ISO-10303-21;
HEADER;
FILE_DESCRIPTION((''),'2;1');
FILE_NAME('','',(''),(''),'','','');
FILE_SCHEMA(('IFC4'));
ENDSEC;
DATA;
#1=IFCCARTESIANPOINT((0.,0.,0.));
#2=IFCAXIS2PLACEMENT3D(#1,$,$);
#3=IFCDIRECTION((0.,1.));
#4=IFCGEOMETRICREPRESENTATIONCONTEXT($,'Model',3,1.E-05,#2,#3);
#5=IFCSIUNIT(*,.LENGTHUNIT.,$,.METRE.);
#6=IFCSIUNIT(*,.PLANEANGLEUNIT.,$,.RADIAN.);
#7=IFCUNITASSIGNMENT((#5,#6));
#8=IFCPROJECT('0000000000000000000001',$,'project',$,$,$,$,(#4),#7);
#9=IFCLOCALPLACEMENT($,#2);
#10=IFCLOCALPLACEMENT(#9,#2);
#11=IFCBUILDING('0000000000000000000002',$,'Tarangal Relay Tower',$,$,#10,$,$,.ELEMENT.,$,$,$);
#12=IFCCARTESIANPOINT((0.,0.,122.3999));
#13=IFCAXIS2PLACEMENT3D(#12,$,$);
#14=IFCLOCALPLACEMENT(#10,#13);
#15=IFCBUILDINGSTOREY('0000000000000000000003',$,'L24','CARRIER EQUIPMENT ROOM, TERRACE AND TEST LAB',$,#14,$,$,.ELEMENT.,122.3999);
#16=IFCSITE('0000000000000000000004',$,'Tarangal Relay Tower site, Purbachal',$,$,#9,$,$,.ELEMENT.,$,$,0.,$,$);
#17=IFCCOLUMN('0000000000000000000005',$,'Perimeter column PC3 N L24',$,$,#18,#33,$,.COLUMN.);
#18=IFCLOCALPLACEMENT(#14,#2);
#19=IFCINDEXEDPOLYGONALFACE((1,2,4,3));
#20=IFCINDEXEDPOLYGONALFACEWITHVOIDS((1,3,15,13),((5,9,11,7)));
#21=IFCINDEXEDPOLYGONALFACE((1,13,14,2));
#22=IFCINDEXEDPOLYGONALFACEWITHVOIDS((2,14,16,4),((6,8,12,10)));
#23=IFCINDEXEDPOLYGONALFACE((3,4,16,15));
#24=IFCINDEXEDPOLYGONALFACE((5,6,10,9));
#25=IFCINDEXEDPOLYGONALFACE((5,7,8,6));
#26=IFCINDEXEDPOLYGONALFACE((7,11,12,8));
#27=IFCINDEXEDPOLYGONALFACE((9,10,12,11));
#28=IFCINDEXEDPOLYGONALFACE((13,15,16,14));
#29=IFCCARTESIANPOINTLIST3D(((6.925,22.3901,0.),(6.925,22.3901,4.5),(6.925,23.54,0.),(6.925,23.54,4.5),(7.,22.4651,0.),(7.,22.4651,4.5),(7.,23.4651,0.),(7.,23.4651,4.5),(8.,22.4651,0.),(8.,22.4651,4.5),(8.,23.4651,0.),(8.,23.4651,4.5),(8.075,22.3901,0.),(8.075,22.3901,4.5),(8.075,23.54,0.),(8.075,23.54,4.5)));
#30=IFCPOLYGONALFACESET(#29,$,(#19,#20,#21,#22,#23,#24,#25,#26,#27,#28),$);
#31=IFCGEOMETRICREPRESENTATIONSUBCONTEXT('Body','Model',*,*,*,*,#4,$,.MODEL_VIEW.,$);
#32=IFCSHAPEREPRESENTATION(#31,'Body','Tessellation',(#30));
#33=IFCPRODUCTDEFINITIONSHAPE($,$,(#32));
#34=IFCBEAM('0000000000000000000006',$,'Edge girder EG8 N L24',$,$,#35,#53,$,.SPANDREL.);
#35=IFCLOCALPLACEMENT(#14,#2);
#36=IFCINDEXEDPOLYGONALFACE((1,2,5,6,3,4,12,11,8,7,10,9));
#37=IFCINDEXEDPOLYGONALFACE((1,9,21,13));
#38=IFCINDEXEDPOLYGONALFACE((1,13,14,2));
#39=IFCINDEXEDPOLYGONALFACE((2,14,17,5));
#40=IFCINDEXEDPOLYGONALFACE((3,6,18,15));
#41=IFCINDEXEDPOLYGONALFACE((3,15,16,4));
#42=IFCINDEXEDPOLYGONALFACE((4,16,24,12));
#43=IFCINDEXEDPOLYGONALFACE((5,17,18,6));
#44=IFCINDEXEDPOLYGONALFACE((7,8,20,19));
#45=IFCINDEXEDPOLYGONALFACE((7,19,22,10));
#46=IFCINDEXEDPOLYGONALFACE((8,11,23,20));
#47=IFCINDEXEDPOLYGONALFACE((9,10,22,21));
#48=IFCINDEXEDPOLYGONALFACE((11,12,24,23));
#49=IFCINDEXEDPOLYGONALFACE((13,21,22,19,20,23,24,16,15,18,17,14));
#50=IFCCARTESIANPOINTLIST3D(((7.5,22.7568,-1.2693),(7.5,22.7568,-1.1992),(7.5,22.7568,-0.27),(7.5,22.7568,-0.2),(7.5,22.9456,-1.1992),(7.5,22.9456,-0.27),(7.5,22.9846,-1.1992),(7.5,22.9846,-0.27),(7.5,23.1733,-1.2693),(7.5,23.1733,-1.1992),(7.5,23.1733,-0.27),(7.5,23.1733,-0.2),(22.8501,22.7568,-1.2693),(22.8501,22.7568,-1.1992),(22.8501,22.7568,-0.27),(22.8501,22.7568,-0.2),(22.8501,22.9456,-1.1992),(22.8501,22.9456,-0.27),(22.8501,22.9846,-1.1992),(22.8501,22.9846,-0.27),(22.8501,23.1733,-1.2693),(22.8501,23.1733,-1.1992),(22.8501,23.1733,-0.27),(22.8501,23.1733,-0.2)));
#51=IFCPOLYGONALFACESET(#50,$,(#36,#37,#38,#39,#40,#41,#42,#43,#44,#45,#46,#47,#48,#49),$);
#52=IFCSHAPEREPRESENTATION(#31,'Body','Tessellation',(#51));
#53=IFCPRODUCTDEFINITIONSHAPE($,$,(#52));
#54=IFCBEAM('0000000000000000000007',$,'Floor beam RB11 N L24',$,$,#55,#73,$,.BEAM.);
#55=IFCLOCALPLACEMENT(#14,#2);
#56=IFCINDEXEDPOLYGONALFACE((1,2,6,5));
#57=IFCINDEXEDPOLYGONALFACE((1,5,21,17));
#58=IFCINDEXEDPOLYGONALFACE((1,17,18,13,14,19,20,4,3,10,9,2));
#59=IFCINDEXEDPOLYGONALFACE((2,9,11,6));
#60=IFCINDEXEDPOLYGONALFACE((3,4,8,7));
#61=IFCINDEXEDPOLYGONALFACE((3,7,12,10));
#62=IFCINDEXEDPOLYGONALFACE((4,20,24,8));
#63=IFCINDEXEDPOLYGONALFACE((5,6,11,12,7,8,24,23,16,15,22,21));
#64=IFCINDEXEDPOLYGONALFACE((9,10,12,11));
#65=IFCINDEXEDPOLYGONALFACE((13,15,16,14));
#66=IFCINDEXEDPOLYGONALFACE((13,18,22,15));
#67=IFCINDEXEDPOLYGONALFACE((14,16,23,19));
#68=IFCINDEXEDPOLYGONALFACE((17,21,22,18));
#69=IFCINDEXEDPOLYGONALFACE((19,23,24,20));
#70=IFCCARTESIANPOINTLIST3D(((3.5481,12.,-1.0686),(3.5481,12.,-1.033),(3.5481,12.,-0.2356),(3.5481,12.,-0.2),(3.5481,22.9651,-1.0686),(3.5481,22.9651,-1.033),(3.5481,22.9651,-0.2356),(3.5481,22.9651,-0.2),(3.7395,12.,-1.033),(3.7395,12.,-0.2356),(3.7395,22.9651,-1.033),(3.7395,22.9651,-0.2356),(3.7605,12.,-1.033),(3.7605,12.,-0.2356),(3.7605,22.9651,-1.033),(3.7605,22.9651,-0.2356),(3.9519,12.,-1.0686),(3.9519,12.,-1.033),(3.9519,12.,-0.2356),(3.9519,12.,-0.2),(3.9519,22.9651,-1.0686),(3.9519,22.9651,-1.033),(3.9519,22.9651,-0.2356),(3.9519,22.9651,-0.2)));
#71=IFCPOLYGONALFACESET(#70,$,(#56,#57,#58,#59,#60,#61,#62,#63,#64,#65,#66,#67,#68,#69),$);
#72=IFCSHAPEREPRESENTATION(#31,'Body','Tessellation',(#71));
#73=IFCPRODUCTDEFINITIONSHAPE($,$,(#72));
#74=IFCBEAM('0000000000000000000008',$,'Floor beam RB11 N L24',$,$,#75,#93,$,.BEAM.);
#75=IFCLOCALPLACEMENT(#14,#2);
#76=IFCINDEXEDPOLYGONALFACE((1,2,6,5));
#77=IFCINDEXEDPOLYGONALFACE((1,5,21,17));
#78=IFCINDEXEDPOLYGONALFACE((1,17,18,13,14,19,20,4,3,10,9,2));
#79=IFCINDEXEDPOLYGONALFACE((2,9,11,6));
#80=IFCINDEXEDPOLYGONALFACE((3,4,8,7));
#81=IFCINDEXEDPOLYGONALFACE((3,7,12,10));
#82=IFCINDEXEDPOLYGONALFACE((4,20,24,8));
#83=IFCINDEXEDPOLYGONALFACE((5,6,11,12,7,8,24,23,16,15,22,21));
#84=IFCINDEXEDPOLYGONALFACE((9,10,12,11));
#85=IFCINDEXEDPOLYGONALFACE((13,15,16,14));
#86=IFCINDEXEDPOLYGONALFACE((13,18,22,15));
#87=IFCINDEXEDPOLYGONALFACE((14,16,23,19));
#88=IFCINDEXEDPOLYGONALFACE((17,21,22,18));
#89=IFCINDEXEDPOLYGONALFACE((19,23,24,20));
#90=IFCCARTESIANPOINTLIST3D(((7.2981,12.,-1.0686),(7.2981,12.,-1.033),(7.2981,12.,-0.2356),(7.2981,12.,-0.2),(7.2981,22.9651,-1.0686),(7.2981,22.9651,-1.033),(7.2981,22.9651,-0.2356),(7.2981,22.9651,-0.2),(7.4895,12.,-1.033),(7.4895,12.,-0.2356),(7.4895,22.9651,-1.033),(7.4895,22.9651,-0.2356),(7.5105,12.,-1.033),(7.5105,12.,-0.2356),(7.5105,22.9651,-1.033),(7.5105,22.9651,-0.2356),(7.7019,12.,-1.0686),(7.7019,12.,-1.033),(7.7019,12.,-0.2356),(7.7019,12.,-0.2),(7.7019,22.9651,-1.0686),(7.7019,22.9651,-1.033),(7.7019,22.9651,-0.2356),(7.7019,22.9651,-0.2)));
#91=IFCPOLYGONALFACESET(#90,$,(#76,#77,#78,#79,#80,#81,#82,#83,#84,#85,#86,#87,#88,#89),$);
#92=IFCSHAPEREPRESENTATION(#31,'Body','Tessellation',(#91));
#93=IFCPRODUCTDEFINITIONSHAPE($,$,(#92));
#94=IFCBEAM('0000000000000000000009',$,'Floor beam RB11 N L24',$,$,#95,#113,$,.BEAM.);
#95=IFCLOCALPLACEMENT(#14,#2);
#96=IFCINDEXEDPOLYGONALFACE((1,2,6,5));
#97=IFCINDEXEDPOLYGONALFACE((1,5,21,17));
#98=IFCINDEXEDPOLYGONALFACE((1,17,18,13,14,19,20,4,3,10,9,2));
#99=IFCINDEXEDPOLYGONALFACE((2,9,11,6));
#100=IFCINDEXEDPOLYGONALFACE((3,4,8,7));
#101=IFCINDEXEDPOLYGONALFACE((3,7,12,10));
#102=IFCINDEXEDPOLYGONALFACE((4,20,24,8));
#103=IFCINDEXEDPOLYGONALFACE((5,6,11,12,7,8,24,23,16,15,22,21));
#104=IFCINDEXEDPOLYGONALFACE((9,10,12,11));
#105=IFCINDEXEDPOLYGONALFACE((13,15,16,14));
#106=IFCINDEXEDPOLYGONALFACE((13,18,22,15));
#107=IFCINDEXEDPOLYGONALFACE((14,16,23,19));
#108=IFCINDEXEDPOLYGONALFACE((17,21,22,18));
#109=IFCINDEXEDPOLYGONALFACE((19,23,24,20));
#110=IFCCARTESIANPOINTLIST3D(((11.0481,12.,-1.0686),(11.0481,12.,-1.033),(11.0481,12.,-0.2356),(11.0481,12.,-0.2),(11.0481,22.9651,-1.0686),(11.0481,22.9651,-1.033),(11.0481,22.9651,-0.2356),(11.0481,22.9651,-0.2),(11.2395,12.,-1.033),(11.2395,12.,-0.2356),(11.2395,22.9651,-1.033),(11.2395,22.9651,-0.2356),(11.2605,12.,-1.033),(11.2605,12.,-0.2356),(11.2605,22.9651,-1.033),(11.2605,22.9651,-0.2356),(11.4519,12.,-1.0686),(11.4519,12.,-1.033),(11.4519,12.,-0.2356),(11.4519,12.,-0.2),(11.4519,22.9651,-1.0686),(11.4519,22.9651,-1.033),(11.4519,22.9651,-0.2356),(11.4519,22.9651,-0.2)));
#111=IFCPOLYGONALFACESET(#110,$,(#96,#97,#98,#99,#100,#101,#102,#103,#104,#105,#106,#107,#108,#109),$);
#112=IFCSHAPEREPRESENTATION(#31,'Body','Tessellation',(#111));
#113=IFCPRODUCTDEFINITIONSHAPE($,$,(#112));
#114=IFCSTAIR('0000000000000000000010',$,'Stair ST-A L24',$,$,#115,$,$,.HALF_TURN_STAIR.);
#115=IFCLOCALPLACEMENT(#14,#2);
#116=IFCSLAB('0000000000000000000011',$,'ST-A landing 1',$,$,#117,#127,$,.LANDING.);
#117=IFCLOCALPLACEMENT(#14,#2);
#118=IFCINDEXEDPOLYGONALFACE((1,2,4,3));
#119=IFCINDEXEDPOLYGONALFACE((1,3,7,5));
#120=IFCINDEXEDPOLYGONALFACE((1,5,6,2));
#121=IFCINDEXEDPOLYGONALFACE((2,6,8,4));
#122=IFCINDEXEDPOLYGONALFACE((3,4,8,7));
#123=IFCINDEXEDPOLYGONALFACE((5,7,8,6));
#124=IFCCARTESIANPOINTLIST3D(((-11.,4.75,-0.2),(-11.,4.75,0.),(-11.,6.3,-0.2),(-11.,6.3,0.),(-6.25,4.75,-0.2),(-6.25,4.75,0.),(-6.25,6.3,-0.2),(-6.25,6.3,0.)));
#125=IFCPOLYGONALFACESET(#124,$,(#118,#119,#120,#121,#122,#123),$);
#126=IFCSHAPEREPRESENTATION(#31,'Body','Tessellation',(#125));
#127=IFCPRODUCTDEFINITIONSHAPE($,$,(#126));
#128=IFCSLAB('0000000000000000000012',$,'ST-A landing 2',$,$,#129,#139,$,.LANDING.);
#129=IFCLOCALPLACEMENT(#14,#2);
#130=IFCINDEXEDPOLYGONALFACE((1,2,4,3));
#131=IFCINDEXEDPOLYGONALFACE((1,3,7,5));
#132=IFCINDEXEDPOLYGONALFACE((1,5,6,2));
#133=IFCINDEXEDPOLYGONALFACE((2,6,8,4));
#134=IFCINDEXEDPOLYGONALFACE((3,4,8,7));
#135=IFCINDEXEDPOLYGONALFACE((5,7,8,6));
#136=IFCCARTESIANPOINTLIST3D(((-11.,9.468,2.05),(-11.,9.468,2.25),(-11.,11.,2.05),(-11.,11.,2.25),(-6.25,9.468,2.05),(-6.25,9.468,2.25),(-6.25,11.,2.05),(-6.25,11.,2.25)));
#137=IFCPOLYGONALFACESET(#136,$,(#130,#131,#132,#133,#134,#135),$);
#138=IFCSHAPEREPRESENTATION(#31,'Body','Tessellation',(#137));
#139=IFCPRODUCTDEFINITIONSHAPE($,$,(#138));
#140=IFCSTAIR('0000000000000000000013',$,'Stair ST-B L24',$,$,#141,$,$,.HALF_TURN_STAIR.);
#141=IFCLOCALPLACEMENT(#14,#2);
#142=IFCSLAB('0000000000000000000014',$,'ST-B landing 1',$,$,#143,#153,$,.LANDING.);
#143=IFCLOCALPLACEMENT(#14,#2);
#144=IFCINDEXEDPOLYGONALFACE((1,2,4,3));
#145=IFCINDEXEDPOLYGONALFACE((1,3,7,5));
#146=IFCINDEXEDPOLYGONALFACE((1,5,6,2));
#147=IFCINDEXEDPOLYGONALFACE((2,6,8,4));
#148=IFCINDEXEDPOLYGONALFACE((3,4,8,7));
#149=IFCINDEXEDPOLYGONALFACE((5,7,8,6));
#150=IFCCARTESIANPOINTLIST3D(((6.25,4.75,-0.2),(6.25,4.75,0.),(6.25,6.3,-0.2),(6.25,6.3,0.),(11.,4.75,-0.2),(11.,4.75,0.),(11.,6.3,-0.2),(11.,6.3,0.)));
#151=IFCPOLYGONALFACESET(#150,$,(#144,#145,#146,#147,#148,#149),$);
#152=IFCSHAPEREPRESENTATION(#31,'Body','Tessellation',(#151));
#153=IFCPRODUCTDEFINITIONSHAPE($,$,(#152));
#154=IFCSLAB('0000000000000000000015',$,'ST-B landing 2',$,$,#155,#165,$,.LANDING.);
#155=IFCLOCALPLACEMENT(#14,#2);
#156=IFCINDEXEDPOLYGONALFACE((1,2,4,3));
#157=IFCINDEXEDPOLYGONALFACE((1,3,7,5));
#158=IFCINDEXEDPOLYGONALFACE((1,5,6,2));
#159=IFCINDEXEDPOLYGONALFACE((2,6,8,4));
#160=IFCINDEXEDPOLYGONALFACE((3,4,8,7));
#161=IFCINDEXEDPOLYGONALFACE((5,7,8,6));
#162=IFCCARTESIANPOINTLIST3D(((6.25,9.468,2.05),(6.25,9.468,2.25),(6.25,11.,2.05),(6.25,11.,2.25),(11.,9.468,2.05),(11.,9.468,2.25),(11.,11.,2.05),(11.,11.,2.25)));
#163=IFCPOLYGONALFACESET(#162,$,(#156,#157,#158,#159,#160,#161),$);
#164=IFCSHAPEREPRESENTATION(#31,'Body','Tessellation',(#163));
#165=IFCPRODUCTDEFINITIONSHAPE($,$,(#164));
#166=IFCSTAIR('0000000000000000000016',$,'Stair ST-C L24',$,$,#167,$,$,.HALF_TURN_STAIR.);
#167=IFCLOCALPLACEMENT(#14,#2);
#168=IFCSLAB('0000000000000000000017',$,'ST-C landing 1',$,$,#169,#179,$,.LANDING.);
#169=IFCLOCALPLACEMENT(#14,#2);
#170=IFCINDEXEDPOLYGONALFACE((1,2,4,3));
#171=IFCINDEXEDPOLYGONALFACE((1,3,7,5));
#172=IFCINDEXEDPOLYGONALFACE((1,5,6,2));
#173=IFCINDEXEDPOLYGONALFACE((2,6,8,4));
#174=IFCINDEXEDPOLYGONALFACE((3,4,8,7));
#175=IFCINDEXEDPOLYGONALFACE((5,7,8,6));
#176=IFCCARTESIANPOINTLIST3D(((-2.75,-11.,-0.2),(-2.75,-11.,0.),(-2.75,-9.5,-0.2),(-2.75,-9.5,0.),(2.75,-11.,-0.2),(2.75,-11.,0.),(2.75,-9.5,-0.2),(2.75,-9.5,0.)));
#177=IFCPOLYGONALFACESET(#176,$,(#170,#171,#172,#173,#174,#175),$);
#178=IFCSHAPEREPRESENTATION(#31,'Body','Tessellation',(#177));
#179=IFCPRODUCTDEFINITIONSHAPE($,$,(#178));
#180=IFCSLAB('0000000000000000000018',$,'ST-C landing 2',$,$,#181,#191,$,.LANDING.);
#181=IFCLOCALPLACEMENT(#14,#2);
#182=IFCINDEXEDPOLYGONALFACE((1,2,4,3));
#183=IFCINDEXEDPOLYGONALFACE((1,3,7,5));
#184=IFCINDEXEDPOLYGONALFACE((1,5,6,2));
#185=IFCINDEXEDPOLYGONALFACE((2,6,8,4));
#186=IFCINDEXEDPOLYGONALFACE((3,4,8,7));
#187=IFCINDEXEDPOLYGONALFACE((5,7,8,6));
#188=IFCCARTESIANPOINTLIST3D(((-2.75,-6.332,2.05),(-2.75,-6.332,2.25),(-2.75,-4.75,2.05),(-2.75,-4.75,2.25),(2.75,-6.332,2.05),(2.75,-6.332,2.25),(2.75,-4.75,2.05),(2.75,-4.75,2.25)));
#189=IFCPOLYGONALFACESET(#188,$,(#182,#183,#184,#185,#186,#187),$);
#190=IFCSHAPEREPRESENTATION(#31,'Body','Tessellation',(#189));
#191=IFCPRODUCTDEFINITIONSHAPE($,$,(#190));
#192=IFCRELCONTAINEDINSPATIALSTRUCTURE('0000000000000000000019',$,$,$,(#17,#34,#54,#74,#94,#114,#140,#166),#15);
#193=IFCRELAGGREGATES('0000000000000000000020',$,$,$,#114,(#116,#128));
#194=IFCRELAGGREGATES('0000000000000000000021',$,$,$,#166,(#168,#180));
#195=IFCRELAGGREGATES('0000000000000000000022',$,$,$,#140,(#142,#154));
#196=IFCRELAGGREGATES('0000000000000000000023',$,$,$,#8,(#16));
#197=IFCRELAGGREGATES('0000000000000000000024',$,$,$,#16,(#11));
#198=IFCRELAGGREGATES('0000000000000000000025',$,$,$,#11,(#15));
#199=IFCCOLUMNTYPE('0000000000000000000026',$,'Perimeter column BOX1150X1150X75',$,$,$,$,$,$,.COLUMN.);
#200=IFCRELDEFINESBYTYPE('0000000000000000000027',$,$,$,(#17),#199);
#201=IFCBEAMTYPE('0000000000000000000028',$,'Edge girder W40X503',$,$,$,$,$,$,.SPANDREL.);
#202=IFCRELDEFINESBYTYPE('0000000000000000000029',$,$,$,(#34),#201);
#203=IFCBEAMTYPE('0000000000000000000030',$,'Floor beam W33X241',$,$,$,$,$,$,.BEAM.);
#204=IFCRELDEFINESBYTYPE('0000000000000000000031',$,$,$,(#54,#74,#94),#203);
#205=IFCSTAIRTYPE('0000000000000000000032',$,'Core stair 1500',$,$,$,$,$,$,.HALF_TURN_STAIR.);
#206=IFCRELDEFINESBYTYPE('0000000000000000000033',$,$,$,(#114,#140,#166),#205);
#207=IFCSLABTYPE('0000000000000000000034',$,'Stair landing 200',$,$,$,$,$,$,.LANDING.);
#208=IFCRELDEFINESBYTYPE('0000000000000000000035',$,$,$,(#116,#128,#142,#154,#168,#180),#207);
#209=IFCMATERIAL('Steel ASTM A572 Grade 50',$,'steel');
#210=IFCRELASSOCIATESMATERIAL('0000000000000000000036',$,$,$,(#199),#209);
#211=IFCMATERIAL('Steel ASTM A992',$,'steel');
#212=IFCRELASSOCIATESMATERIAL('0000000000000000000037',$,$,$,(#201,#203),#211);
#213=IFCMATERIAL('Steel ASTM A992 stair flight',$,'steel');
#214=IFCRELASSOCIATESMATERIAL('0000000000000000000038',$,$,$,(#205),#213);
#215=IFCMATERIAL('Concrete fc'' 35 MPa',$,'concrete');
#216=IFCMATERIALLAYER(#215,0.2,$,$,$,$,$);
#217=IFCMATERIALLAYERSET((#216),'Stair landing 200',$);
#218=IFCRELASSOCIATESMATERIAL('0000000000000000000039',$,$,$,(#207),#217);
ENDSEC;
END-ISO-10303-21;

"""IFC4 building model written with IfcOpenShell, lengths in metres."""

from ifc_helpers import new_model, si_unit, direction, frame, origin, origin_2d, place, context, subcontext, project, spatial, polyline, hollow_rectangle, i_section, outline, extrude, material, layer, layer_set, material_profile, profile_set, type_object, element, aggregate, save


model = new_model("IFC4")

# Units and contexts
model_context = context("Model", 3, precision=1e-05, world=origin(), true_north=direction((0.0, 1.0)))
body_context = subcontext(model_context, "Body", "Model", "MODEL_VIEW")
ifc_project = project(units=[si_unit("LENGTHUNIT", "METRE"), si_unit("PLANEANGLEUNIT", "RADIAN")], contexts=[model_context])

# Site, building, storey
site_placement = place(None, origin())
site = spatial("IfcSite", under=ifc_project, at=site_placement, Name="Tarangal Relay Tower site, Purbachal", CompositionType="ELEMENT", RefElevation=0.0)
building_placement = place(site_placement, origin())
building = spatial("IfcBuilding", under=site, at=building_placement, Name="Tarangal Relay Tower", CompositionType="ELEMENT")
storey_placement = place(building_placement, frame((0.0, 0.0, 122.3999)))
storey = spatial("IfcBuildingStorey", under=building, at=storey_placement, Name="L24", Description="CARRIER EQUIPMENT ROOM, TERRACE AND TEST LAB", CompositionType="ELEMENT", Elevation=122.3999)

# Column
ifc_material_1 = material(Name="Steel ASTM A572 Grade 50", Category="steel")
ifc_material_profile_1 = material_profile(ifc_material_1, hollow_rectangle(XDim=1.1499, YDim=1.1499, WallThickness=0.075, at=origin_2d()), Name="BOX1150X1150X75")
ifc_profile_set_1 = profile_set([ifc_material_profile_1], Name="Steel ASTM A572 Grade 50")
column_type = type_object("IfcColumnType", Name="Perimeter column BOX1150X1150X75", PredefinedType="COLUMN", material=ifc_profile_set_1)
column_placement = place(storey_placement, frame((7.5, 22.9651, 0.0), z_axis=(0.0, 0.0, 1.0), x_axis=(1.0, 0.0, 0.0)))
element("IfcColumn", 1, at=column_placement, inside=storey, type_object=column_type, Name="Perimeter column PC3 N L24", PredefinedType="COLUMN", context=body_context, shape_type="SweptSolid", body=[
    extrude(hollow_rectangle(XDim=1.1499, YDim=1.1499, WallThickness=0.075, at=origin_2d()), origin(), (0.0, 0.0, 1.0), 4.5),
])

# Beams
ifc_material_2 = material(Name="Steel ASTM A992", Category="steel")
ifc_material_profile_2 = material_profile(ifc_material_2, i_section(OverallWidth=0.4165, OverallDepth=1.0693, WebThickness=0.0391, FlangeThickness=0.0701, at=origin_2d()), Name="W40X503")
ifc_profile_set_2 = profile_set([ifc_material_profile_2], Name="Steel ASTM A992")
beam_type_1 = type_object("IfcBeamType", Name="Edge girder W40X503", PredefinedType="SPANDREL", material=ifc_profile_set_2)
beam_placement = place(storey_placement, frame((7.5, 22.9651, -0.7346), z_axis=(1.0, 0.0, 0.0), x_axis=(0.0, 1.0, 0.0)))
element("IfcBeam", 2, at=beam_placement, inside=storey, type_object=beam_type_1, Name="Edge girder EG8 N L24", PredefinedType="SPANDREL", context=body_context, shape_type="SweptSolid", body=[
    extrude(i_section(OverallWidth=0.4165, OverallDepth=1.0693, WebThickness=0.0391, FlangeThickness=0.0701, at=origin_2d()), origin(), (0.0, 0.0, 1.0), 15.3501),
])
ifc_material_profile_3 = material_profile(ifc_material_2, i_section(OverallWidth=0.4038, OverallDepth=0.8687, WebThickness=0.021, FlangeThickness=0.0356, at=origin_2d()), Name="W33X241")
ifc_profile_set_3 = profile_set([ifc_material_profile_3], Name="Steel ASTM A992")
beam_type_2 = type_object("IfcBeamType", Name="Floor beam W33X241", PredefinedType="BEAM", material=ifc_profile_set_3)
for number, where, z_axis, x_axis, name in (
    (3, (3.75, 12.0, -0.6343), (0.0, 1.0, 0.0), (-1.0, 0.0, 0.0), "Floor beam RB11 N L24"),
    (4, (7.5, 12.0, -0.6343), (0.0, 1.0, 0.0), (-1.0, 0.0, 0.0), "Floor beam RB11 N L24"),
    (5, (11.25, 12.0, -0.6343), (0.0, 1.0, 0.0), (-1.0, 0.0, 0.0), "Floor beam RB11 N L24"),
):
    element("IfcBeam", number, at=place(storey_placement, frame(where, z_axis=z_axis, x_axis=x_axis)), inside=storey, type_object=beam_type_2, Name=name, PredefinedType="BEAM", context=body_context, shape_type="SweptSolid", body=[
        extrude(i_section(OverallWidth=0.4038, OverallDepth=0.8687, WebThickness=0.021, FlangeThickness=0.0356, at=origin_2d()), origin(), (0.0, 0.0, 1.0), 10.9651),
    ])

# Stairs, slabs
ifc_material_3 = material(Name="Steel ASTM A992 stair flight", Category="steel")
stair_type = type_object("IfcStairType", Name="Core stair 1500", PredefinedType="HALF_TURN_STAIR", material=ifc_material_3)
stair_1_placement = place(storey_placement, origin())
stair_1 = element("IfcStair", 6, at=stair_1_placement, inside=storey, type_object=stair_type, Name="Stair ST-A L24", PredefinedType="HALF_TURN_STAIR")
ifc_material_4 = material(Name="Concrete fc' 35 MPa", Category="concrete")
ifc_layer_1 = layer(ifc_material_4, 0.2)
ifc_layer_set_1 = layer_set([ifc_layer_1], Name="Stair landing 200")
slab_type = type_object("IfcSlabType", Name="Stair landing 200", PredefinedType="LANDING", material=ifc_layer_set_1)
slab_1_placement = place(storey_placement, frame((0.0, 0.0, -0.2)))
slab_1 = element("IfcSlab", 7, at=slab_1_placement, type_object=slab_type, Name="ST-A landing 1", PredefinedType="LANDING", context=body_context, shape_type="SweptSolid", body=[
    extrude(outline(polyline([(-11.0, 4.75), (-6.25, 4.75), (-6.25, 6.3), (-11.0, 6.3), (-11.0, 4.75)])), origin(), (0.0, 0.0, 1.0), 0.2),
])
slab_2_placement = place(storey_placement, frame((0.0, 0.0, 2.05)))
slab_2 = element("IfcSlab", 8, at=slab_2_placement, type_object=slab_type, Name="ST-A landing 2", PredefinedType="LANDING", context=body_context, shape_type="SweptSolid", body=[
    extrude(outline(polyline([(-11.0, 9.468), (-6.25, 9.468), (-6.25, 11.0), (-11.0, 11.0), (-11.0, 9.468)])), origin(), (0.0, 0.0, 1.0), 0.2),
])
aggregate(stair_1, [slab_1, slab_2])
stair_2_placement = place(storey_placement, origin())
stair_2 = element("IfcStair", 9, at=stair_2_placement, inside=storey, type_object=stair_type, Name="Stair ST-B L24", PredefinedType="HALF_TURN_STAIR")
slab_3_placement = place(storey_placement, frame((0.0, 0.0, -0.2)))
slab_3 = element("IfcSlab", 10, at=slab_3_placement, type_object=slab_type, Name="ST-B landing 1", PredefinedType="LANDING", context=body_context, shape_type="SweptSolid", body=[
    extrude(outline(polyline([(6.25, 4.75), (11.0, 4.75), (11.0, 6.3), (6.25, 6.3), (6.25, 4.75)])), origin(), (0.0, 0.0, 1.0), 0.2),
])
slab_4_placement = place(storey_placement, frame((0.0, 0.0, 2.05)))
slab_4 = element("IfcSlab", 11, at=slab_4_placement, type_object=slab_type, Name="ST-B landing 2", PredefinedType="LANDING", context=body_context, shape_type="SweptSolid", body=[
    extrude(outline(polyline([(6.25, 9.468), (11.0, 9.468), (11.0, 11.0), (6.25, 11.0), (6.25, 9.468)])), origin(), (0.0, 0.0, 1.0), 0.2),
])
stair_3_placement = place(storey_placement, origin())
stair_3 = element("IfcStair", 12, at=stair_3_placement, inside=storey, type_object=stair_type, Name="Stair ST-C L24", PredefinedType="HALF_TURN_STAIR")
slab_5_placement = place(storey_placement, frame((0.0, 0.0, -0.2)))
slab_5 = element("IfcSlab", 13, at=slab_5_placement, type_object=slab_type, Name="ST-C landing 1", PredefinedType="LANDING", context=body_context, shape_type="SweptSolid", body=[
    extrude(outline(polyline([(-2.75, -11.0), (2.75, -11.0), (2.75, -9.5), (-2.75, -9.5), (-2.75, -11.0)])), origin(), (0.0, 0.0, 1.0), 0.2),
])
slab_6_placement = place(storey_placement, frame((0.0, 0.0, 2.05)))
slab_6 = element("IfcSlab", 14, at=slab_6_placement, type_object=slab_type, Name="ST-C landing 2", PredefinedType="LANDING", context=body_context, shape_type="SweptSolid", body=[
    extrude(outline(polyline([(-2.75, -6.332), (2.75, -6.332), (2.75, -4.75), (-2.75, -4.75), (-2.75, -6.332)])), origin(), (0.0, 0.0, 1.0), 0.2),
])
aggregate(stair_3, [slab_5, slab_6])

aggregate(stair_2, [slab_3, slab_4])

save(model, "model.ifc")
